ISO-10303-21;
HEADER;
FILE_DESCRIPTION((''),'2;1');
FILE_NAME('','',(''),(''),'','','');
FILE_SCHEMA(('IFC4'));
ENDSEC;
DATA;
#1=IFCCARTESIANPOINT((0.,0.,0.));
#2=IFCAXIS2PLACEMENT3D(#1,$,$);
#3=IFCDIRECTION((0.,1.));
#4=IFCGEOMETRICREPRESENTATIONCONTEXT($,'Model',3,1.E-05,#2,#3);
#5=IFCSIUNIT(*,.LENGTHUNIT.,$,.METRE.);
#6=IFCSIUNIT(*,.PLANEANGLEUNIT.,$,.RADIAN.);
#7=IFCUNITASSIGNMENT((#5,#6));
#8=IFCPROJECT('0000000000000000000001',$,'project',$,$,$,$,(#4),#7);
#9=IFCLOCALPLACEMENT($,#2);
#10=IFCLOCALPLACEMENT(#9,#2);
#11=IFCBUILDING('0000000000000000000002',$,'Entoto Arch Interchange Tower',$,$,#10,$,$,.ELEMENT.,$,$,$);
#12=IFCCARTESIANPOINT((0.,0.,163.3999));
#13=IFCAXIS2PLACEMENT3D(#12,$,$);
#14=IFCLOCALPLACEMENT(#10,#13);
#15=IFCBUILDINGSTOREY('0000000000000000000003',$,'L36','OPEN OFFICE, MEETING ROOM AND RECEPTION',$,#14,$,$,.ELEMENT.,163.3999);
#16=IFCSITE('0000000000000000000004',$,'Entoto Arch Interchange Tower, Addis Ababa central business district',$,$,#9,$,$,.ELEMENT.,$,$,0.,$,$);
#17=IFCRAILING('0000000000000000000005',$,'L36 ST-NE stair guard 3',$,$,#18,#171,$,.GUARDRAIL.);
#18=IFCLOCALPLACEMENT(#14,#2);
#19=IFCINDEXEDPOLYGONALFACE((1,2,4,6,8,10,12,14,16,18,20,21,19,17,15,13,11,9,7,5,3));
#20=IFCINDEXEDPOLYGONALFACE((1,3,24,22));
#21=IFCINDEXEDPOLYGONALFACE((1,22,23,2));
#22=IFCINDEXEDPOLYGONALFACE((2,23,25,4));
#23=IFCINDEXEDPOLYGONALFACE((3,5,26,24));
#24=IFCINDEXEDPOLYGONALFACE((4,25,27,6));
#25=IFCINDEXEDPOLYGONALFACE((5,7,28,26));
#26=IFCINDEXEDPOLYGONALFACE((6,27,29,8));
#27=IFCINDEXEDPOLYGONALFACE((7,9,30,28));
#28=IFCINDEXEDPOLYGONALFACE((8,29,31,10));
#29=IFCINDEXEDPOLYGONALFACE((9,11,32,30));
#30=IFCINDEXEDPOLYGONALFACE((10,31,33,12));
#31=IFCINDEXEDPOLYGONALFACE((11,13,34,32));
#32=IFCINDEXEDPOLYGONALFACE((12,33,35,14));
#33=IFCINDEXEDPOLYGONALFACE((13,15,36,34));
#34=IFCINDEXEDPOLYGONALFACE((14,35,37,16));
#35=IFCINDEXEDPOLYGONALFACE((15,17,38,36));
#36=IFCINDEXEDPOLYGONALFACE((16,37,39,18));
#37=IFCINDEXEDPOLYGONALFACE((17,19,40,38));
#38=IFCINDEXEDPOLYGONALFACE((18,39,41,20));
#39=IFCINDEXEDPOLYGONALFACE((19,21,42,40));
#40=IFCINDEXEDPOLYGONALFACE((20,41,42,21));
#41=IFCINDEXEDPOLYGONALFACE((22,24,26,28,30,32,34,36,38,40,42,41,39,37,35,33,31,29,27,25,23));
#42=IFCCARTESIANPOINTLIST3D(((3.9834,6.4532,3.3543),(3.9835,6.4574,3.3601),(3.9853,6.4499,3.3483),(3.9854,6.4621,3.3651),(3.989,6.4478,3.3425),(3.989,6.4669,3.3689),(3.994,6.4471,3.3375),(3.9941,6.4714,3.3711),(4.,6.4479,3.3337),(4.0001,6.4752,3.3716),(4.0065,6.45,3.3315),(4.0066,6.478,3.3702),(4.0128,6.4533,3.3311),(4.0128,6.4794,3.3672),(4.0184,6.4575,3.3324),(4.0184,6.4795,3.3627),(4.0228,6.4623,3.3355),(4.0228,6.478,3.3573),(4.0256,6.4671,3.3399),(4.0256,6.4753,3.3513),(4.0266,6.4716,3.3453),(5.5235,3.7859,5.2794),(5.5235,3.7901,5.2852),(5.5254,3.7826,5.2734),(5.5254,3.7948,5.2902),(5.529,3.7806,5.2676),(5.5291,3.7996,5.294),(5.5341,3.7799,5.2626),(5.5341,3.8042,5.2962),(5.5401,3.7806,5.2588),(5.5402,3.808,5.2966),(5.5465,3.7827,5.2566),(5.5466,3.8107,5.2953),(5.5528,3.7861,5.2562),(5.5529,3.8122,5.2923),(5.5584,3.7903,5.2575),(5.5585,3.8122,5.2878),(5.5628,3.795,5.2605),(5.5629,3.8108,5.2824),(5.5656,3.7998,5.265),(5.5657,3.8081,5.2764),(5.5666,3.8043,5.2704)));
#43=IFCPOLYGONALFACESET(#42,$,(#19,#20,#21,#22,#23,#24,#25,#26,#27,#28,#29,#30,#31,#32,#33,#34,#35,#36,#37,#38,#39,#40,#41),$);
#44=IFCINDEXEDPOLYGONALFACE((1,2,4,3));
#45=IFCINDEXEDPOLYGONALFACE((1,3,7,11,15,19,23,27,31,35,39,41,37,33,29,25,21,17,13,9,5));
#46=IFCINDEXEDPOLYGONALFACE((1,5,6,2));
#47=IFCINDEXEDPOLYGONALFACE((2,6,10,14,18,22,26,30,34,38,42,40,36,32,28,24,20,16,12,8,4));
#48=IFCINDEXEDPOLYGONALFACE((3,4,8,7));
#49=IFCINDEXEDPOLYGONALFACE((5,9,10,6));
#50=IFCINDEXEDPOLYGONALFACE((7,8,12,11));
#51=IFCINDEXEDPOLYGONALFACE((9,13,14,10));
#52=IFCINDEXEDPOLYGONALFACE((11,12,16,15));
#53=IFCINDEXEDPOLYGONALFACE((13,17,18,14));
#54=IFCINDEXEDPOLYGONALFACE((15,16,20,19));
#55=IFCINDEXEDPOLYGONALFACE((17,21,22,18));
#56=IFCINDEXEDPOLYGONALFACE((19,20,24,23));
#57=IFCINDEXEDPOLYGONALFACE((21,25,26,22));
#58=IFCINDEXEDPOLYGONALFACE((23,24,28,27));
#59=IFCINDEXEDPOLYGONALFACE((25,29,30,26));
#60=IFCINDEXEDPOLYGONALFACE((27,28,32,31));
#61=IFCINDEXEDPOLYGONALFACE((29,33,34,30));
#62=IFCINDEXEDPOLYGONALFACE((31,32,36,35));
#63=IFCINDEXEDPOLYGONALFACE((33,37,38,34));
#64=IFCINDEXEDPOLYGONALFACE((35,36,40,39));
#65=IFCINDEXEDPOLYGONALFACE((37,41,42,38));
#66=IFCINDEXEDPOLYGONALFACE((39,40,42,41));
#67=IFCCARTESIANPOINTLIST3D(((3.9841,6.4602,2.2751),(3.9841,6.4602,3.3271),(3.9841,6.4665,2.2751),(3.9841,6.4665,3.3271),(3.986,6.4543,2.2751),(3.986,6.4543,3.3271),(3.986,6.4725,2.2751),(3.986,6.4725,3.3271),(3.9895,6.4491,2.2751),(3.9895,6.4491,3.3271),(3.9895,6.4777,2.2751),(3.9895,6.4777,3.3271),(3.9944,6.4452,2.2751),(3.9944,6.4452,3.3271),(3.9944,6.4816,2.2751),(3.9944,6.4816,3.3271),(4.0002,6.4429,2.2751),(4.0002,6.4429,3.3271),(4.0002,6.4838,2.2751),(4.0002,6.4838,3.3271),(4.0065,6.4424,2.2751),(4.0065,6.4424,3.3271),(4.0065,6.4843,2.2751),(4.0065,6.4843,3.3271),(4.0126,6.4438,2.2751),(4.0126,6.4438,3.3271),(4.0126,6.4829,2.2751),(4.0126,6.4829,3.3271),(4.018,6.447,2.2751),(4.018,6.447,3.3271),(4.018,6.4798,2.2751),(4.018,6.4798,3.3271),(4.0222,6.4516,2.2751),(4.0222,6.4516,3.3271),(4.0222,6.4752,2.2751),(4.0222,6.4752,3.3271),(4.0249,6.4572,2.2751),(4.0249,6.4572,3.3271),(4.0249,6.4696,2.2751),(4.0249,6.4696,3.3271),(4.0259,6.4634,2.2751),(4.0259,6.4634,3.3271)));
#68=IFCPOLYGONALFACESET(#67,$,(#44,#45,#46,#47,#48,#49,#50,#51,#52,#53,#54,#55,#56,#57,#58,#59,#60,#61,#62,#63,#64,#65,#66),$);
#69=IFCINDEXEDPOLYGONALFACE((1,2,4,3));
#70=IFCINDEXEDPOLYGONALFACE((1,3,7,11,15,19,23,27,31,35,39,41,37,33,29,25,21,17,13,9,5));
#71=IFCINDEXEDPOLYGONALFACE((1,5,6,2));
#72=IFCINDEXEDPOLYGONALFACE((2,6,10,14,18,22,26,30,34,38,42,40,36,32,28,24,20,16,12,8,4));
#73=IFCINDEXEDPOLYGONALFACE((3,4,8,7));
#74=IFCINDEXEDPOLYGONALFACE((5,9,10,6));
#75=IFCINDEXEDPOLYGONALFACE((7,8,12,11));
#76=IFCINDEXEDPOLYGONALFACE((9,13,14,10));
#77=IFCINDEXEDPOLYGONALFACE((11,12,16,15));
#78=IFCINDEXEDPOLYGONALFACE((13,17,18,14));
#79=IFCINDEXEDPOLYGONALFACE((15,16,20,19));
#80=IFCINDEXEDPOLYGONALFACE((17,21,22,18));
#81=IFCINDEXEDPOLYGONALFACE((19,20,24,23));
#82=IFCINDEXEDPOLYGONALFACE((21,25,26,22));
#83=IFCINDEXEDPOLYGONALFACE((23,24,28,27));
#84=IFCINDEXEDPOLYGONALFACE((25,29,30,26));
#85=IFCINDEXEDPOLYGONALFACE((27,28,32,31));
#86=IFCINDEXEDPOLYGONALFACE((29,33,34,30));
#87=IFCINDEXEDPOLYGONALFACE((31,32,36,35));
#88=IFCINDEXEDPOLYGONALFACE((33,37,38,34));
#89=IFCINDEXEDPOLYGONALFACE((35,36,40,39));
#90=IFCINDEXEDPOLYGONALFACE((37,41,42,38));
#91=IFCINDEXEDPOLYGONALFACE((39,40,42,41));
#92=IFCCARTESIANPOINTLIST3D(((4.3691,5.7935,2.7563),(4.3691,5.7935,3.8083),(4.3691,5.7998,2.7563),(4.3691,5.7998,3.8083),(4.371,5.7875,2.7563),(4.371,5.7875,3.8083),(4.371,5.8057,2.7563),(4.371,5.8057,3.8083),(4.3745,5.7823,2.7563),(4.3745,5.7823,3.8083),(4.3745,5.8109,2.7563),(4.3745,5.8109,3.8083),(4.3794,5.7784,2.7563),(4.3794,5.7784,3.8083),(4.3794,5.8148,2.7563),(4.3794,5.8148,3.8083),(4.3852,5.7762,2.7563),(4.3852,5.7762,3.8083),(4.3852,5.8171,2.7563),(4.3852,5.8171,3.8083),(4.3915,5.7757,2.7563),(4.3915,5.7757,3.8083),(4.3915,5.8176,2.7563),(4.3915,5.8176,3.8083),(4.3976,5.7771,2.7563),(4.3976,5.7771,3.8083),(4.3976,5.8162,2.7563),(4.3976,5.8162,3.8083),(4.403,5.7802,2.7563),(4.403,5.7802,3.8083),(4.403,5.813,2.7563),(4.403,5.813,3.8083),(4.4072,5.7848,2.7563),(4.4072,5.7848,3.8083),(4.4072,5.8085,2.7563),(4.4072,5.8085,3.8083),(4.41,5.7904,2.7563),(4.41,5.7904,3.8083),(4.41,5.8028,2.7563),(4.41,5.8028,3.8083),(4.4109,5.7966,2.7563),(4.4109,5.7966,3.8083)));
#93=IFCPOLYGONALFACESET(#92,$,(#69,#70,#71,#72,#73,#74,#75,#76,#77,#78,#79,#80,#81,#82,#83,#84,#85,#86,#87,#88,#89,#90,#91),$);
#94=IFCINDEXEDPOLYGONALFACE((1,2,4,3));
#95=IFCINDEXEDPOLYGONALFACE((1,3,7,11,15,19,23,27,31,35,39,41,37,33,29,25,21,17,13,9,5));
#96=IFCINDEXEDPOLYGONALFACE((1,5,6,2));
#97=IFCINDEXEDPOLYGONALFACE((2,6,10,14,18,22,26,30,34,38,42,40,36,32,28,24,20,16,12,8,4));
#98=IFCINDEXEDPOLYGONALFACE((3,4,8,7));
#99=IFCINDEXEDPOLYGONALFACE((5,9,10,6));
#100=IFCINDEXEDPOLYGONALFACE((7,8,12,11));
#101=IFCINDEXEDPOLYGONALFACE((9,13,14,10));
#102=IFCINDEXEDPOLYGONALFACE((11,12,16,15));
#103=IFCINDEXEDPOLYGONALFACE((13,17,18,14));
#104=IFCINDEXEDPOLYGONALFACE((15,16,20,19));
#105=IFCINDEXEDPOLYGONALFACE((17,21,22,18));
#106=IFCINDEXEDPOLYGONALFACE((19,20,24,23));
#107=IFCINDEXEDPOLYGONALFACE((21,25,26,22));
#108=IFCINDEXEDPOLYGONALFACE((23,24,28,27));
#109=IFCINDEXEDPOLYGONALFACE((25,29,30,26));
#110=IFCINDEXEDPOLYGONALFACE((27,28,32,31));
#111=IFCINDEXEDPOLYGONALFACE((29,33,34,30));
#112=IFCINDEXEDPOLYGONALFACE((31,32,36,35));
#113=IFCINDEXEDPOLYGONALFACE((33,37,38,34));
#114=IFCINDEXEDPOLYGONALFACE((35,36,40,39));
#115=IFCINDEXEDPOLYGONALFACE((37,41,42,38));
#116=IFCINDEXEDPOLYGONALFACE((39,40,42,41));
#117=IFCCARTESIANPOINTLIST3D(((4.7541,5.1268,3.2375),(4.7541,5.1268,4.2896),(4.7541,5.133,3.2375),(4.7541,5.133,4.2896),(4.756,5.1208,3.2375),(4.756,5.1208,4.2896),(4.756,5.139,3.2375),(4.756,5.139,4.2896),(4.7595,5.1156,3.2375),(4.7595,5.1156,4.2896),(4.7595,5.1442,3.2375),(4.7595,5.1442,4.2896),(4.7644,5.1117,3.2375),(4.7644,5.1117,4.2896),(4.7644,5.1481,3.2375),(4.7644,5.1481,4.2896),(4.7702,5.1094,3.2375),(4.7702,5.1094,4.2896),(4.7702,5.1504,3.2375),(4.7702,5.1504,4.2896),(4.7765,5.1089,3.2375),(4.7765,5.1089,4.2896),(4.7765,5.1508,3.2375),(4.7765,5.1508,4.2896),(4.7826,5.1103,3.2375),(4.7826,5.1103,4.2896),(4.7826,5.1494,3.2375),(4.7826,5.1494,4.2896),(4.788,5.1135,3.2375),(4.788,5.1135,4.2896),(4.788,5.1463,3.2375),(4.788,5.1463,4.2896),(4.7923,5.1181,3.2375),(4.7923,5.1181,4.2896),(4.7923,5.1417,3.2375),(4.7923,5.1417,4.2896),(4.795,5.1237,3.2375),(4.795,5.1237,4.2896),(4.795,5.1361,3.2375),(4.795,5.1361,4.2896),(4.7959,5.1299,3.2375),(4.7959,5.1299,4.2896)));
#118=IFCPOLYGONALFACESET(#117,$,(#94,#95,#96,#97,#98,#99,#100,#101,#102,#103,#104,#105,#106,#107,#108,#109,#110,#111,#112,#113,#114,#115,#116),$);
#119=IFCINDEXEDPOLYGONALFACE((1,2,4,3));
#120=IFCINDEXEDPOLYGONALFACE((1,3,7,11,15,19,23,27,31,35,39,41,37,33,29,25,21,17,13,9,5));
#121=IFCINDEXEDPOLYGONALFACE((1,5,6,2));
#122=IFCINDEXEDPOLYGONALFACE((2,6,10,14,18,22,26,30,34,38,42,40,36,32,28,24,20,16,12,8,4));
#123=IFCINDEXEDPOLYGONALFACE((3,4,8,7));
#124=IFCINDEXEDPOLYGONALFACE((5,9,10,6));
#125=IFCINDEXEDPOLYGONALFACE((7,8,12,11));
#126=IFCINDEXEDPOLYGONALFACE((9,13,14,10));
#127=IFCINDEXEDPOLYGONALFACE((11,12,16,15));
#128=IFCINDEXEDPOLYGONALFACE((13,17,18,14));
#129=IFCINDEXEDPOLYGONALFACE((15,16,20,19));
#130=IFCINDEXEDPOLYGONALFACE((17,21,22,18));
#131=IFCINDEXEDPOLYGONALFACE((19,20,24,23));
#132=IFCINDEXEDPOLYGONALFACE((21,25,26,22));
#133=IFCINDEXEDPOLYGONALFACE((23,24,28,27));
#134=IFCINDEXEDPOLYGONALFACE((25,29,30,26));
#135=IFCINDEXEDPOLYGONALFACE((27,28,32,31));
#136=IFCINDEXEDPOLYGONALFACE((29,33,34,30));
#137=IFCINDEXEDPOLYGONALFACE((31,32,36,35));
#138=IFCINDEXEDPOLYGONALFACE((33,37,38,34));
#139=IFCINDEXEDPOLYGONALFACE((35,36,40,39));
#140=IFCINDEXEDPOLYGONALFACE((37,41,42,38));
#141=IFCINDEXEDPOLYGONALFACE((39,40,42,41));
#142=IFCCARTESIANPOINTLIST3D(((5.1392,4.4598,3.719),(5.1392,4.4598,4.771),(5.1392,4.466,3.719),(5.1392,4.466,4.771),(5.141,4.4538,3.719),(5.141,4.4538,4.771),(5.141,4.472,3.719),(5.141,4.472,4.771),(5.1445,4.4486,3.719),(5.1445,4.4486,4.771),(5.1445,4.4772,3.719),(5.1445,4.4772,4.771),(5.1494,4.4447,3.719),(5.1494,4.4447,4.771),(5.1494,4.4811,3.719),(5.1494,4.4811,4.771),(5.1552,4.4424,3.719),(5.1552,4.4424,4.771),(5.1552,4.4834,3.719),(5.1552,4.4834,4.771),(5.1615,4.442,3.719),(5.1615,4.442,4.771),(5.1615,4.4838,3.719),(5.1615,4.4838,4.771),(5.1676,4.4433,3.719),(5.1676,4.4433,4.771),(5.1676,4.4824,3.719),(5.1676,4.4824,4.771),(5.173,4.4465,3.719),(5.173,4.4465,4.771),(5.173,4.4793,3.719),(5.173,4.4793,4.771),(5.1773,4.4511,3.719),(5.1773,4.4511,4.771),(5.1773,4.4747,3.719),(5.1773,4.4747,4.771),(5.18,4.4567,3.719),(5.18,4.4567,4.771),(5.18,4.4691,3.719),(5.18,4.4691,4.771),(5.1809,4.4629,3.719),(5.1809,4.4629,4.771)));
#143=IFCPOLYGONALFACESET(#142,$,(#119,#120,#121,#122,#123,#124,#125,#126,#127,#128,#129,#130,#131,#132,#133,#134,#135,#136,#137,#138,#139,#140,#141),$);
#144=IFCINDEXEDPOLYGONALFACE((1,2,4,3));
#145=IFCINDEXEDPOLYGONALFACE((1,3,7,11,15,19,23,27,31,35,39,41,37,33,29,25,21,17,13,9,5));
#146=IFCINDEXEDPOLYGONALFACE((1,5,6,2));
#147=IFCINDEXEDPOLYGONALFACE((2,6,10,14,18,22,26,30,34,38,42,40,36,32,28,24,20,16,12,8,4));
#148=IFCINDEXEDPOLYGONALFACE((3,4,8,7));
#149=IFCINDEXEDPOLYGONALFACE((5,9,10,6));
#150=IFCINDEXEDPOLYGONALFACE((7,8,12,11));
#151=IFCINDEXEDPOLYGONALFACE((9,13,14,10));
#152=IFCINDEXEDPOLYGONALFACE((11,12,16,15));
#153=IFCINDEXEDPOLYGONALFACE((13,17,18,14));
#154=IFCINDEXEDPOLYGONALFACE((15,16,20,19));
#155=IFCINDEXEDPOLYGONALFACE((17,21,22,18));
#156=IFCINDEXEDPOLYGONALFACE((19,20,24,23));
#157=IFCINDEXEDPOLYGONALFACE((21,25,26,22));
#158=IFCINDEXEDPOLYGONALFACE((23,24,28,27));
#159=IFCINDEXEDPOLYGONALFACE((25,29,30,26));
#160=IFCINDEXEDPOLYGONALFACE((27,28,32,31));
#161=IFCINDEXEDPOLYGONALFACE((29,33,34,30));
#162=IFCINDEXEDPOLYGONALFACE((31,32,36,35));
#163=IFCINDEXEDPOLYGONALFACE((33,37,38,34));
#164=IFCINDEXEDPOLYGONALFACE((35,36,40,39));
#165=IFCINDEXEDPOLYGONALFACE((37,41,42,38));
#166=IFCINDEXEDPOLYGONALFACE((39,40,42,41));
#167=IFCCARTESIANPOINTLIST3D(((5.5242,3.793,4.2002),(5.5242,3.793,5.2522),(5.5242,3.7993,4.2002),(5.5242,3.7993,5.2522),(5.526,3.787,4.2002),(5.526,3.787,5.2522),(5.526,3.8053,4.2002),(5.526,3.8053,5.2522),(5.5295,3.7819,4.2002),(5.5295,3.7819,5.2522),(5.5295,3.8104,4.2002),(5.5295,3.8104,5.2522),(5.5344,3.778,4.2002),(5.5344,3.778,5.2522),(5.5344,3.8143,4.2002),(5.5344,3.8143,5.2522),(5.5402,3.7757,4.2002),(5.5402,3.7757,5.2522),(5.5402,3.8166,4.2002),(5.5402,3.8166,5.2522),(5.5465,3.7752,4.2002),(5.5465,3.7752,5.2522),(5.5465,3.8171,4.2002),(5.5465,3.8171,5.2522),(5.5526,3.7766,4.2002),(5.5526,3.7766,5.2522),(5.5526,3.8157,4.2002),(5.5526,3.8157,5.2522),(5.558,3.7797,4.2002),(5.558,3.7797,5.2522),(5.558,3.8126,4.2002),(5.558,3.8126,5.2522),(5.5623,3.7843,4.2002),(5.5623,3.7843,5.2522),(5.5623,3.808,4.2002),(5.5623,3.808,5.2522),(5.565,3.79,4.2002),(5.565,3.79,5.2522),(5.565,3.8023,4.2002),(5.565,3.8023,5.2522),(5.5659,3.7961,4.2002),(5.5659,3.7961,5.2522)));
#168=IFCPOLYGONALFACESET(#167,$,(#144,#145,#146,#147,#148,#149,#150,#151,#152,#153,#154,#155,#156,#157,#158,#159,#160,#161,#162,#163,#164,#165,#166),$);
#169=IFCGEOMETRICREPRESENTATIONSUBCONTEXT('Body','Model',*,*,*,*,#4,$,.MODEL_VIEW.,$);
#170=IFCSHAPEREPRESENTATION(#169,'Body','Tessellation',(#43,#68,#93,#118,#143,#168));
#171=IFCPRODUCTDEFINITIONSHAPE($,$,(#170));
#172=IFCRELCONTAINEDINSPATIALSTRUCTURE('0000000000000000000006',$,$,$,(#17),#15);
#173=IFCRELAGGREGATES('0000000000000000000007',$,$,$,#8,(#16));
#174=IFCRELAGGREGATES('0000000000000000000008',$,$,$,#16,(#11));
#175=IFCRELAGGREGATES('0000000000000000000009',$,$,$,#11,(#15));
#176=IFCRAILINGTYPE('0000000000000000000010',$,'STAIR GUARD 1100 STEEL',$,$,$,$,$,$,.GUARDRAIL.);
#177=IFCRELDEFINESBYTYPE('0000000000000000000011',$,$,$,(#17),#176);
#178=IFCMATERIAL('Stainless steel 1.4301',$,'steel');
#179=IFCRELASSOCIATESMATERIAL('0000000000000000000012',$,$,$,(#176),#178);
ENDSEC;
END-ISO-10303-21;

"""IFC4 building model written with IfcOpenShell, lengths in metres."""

from ifc_helpers import new_model, si_unit, direction, frame, origin, origin_2d, place, context, subcontext, project, spatial, circle, extrude, material, type_object, element, save


model = new_model("IFC4")

# Units and contexts
model_context = context("Model", 3, precision=1e-05, world=origin(), true_north=direction((0.0, 1.0)))
body_context = subcontext(model_context, "Body", "Model", "MODEL_VIEW")
ifc_project = project(units=[si_unit("LENGTHUNIT", "METRE"), si_unit("PLANEANGLEUNIT", "RADIAN")], contexts=[model_context])

# Site, building, storey
site_placement = place(None, origin())
site = spatial("IfcSite", under=ifc_project, at=site_placement, Name="Entoto Arch Interchange Tower, Addis Ababa central business district", CompositionType="ELEMENT", RefElevation=0.0)
building_placement = place(site_placement, origin())
building = spatial("IfcBuilding", under=site, at=building_placement, Name="Entoto Arch Interchange Tower", CompositionType="ELEMENT")
storey_placement = place(building_placement, frame((0.0, 0.0, 163.3999)))
storey = spatial("IfcBuildingStorey", under=building, at=storey_placement, Name="L36", Description="OPEN OFFICE, MEETING ROOM AND RECEPTION", CompositionType="ELEMENT", Elevation=163.3999)

# Railing
ifc_material_1 = material(Name="Stainless steel 1.4301", Category="steel")
railing_type_1 = type_object("IfcRailingType", Name="STAIR GUARD 1100 STEEL", PredefinedType="GUARDRAIL", material=ifc_material_1)
railing_1_placement = place(storey_placement, frame((4.0049, 6.4634, 2.2751)))
element("IfcRailing", 1, at=railing_1_placement, inside=storey, type_object=railing_type_1, Name="L36 ST-NE stair guard 3", PredefinedType="GUARDRAIL", context=body_context, shape_type="SweptSolid", body=[
    extrude(circle(Radius=0.0239, at=origin_2d()), frame((0.0, 0.0, 1.0762), z_axis=(0.424015, -0.734364, 0.530019), x_axis=(0.86601, 0.500027, 0.0)), (0.0, 0.0, 1.0), 3.6321),
    extrude(circle(Radius=0.021, at=origin_2d()), origin(), (0.0, 0.0, 1.0), 1.052),
    extrude(circle(Radius=0.021, at=origin_2d()), frame((0.385, -0.6667, 0.4812)), (0.0, 0.0, 1.0), 1.052),
    extrude(circle(Radius=0.021, at=origin_2d()), frame((0.77, -1.3335, 0.9624)), (0.0, 0.0, 1.0), 1.052),
    extrude(circle(Radius=0.021, at=origin_2d()), frame((1.155, -2.0005, 1.4438)), (0.0, 0.0, 1.0), 1.052),
    extrude(circle(Radius=0.021, at=origin_2d()), frame((1.54, -2.6672, 1.925)), (0.0, 0.0, 1.0), 1.052),
])

save(model, "model.ifc")
